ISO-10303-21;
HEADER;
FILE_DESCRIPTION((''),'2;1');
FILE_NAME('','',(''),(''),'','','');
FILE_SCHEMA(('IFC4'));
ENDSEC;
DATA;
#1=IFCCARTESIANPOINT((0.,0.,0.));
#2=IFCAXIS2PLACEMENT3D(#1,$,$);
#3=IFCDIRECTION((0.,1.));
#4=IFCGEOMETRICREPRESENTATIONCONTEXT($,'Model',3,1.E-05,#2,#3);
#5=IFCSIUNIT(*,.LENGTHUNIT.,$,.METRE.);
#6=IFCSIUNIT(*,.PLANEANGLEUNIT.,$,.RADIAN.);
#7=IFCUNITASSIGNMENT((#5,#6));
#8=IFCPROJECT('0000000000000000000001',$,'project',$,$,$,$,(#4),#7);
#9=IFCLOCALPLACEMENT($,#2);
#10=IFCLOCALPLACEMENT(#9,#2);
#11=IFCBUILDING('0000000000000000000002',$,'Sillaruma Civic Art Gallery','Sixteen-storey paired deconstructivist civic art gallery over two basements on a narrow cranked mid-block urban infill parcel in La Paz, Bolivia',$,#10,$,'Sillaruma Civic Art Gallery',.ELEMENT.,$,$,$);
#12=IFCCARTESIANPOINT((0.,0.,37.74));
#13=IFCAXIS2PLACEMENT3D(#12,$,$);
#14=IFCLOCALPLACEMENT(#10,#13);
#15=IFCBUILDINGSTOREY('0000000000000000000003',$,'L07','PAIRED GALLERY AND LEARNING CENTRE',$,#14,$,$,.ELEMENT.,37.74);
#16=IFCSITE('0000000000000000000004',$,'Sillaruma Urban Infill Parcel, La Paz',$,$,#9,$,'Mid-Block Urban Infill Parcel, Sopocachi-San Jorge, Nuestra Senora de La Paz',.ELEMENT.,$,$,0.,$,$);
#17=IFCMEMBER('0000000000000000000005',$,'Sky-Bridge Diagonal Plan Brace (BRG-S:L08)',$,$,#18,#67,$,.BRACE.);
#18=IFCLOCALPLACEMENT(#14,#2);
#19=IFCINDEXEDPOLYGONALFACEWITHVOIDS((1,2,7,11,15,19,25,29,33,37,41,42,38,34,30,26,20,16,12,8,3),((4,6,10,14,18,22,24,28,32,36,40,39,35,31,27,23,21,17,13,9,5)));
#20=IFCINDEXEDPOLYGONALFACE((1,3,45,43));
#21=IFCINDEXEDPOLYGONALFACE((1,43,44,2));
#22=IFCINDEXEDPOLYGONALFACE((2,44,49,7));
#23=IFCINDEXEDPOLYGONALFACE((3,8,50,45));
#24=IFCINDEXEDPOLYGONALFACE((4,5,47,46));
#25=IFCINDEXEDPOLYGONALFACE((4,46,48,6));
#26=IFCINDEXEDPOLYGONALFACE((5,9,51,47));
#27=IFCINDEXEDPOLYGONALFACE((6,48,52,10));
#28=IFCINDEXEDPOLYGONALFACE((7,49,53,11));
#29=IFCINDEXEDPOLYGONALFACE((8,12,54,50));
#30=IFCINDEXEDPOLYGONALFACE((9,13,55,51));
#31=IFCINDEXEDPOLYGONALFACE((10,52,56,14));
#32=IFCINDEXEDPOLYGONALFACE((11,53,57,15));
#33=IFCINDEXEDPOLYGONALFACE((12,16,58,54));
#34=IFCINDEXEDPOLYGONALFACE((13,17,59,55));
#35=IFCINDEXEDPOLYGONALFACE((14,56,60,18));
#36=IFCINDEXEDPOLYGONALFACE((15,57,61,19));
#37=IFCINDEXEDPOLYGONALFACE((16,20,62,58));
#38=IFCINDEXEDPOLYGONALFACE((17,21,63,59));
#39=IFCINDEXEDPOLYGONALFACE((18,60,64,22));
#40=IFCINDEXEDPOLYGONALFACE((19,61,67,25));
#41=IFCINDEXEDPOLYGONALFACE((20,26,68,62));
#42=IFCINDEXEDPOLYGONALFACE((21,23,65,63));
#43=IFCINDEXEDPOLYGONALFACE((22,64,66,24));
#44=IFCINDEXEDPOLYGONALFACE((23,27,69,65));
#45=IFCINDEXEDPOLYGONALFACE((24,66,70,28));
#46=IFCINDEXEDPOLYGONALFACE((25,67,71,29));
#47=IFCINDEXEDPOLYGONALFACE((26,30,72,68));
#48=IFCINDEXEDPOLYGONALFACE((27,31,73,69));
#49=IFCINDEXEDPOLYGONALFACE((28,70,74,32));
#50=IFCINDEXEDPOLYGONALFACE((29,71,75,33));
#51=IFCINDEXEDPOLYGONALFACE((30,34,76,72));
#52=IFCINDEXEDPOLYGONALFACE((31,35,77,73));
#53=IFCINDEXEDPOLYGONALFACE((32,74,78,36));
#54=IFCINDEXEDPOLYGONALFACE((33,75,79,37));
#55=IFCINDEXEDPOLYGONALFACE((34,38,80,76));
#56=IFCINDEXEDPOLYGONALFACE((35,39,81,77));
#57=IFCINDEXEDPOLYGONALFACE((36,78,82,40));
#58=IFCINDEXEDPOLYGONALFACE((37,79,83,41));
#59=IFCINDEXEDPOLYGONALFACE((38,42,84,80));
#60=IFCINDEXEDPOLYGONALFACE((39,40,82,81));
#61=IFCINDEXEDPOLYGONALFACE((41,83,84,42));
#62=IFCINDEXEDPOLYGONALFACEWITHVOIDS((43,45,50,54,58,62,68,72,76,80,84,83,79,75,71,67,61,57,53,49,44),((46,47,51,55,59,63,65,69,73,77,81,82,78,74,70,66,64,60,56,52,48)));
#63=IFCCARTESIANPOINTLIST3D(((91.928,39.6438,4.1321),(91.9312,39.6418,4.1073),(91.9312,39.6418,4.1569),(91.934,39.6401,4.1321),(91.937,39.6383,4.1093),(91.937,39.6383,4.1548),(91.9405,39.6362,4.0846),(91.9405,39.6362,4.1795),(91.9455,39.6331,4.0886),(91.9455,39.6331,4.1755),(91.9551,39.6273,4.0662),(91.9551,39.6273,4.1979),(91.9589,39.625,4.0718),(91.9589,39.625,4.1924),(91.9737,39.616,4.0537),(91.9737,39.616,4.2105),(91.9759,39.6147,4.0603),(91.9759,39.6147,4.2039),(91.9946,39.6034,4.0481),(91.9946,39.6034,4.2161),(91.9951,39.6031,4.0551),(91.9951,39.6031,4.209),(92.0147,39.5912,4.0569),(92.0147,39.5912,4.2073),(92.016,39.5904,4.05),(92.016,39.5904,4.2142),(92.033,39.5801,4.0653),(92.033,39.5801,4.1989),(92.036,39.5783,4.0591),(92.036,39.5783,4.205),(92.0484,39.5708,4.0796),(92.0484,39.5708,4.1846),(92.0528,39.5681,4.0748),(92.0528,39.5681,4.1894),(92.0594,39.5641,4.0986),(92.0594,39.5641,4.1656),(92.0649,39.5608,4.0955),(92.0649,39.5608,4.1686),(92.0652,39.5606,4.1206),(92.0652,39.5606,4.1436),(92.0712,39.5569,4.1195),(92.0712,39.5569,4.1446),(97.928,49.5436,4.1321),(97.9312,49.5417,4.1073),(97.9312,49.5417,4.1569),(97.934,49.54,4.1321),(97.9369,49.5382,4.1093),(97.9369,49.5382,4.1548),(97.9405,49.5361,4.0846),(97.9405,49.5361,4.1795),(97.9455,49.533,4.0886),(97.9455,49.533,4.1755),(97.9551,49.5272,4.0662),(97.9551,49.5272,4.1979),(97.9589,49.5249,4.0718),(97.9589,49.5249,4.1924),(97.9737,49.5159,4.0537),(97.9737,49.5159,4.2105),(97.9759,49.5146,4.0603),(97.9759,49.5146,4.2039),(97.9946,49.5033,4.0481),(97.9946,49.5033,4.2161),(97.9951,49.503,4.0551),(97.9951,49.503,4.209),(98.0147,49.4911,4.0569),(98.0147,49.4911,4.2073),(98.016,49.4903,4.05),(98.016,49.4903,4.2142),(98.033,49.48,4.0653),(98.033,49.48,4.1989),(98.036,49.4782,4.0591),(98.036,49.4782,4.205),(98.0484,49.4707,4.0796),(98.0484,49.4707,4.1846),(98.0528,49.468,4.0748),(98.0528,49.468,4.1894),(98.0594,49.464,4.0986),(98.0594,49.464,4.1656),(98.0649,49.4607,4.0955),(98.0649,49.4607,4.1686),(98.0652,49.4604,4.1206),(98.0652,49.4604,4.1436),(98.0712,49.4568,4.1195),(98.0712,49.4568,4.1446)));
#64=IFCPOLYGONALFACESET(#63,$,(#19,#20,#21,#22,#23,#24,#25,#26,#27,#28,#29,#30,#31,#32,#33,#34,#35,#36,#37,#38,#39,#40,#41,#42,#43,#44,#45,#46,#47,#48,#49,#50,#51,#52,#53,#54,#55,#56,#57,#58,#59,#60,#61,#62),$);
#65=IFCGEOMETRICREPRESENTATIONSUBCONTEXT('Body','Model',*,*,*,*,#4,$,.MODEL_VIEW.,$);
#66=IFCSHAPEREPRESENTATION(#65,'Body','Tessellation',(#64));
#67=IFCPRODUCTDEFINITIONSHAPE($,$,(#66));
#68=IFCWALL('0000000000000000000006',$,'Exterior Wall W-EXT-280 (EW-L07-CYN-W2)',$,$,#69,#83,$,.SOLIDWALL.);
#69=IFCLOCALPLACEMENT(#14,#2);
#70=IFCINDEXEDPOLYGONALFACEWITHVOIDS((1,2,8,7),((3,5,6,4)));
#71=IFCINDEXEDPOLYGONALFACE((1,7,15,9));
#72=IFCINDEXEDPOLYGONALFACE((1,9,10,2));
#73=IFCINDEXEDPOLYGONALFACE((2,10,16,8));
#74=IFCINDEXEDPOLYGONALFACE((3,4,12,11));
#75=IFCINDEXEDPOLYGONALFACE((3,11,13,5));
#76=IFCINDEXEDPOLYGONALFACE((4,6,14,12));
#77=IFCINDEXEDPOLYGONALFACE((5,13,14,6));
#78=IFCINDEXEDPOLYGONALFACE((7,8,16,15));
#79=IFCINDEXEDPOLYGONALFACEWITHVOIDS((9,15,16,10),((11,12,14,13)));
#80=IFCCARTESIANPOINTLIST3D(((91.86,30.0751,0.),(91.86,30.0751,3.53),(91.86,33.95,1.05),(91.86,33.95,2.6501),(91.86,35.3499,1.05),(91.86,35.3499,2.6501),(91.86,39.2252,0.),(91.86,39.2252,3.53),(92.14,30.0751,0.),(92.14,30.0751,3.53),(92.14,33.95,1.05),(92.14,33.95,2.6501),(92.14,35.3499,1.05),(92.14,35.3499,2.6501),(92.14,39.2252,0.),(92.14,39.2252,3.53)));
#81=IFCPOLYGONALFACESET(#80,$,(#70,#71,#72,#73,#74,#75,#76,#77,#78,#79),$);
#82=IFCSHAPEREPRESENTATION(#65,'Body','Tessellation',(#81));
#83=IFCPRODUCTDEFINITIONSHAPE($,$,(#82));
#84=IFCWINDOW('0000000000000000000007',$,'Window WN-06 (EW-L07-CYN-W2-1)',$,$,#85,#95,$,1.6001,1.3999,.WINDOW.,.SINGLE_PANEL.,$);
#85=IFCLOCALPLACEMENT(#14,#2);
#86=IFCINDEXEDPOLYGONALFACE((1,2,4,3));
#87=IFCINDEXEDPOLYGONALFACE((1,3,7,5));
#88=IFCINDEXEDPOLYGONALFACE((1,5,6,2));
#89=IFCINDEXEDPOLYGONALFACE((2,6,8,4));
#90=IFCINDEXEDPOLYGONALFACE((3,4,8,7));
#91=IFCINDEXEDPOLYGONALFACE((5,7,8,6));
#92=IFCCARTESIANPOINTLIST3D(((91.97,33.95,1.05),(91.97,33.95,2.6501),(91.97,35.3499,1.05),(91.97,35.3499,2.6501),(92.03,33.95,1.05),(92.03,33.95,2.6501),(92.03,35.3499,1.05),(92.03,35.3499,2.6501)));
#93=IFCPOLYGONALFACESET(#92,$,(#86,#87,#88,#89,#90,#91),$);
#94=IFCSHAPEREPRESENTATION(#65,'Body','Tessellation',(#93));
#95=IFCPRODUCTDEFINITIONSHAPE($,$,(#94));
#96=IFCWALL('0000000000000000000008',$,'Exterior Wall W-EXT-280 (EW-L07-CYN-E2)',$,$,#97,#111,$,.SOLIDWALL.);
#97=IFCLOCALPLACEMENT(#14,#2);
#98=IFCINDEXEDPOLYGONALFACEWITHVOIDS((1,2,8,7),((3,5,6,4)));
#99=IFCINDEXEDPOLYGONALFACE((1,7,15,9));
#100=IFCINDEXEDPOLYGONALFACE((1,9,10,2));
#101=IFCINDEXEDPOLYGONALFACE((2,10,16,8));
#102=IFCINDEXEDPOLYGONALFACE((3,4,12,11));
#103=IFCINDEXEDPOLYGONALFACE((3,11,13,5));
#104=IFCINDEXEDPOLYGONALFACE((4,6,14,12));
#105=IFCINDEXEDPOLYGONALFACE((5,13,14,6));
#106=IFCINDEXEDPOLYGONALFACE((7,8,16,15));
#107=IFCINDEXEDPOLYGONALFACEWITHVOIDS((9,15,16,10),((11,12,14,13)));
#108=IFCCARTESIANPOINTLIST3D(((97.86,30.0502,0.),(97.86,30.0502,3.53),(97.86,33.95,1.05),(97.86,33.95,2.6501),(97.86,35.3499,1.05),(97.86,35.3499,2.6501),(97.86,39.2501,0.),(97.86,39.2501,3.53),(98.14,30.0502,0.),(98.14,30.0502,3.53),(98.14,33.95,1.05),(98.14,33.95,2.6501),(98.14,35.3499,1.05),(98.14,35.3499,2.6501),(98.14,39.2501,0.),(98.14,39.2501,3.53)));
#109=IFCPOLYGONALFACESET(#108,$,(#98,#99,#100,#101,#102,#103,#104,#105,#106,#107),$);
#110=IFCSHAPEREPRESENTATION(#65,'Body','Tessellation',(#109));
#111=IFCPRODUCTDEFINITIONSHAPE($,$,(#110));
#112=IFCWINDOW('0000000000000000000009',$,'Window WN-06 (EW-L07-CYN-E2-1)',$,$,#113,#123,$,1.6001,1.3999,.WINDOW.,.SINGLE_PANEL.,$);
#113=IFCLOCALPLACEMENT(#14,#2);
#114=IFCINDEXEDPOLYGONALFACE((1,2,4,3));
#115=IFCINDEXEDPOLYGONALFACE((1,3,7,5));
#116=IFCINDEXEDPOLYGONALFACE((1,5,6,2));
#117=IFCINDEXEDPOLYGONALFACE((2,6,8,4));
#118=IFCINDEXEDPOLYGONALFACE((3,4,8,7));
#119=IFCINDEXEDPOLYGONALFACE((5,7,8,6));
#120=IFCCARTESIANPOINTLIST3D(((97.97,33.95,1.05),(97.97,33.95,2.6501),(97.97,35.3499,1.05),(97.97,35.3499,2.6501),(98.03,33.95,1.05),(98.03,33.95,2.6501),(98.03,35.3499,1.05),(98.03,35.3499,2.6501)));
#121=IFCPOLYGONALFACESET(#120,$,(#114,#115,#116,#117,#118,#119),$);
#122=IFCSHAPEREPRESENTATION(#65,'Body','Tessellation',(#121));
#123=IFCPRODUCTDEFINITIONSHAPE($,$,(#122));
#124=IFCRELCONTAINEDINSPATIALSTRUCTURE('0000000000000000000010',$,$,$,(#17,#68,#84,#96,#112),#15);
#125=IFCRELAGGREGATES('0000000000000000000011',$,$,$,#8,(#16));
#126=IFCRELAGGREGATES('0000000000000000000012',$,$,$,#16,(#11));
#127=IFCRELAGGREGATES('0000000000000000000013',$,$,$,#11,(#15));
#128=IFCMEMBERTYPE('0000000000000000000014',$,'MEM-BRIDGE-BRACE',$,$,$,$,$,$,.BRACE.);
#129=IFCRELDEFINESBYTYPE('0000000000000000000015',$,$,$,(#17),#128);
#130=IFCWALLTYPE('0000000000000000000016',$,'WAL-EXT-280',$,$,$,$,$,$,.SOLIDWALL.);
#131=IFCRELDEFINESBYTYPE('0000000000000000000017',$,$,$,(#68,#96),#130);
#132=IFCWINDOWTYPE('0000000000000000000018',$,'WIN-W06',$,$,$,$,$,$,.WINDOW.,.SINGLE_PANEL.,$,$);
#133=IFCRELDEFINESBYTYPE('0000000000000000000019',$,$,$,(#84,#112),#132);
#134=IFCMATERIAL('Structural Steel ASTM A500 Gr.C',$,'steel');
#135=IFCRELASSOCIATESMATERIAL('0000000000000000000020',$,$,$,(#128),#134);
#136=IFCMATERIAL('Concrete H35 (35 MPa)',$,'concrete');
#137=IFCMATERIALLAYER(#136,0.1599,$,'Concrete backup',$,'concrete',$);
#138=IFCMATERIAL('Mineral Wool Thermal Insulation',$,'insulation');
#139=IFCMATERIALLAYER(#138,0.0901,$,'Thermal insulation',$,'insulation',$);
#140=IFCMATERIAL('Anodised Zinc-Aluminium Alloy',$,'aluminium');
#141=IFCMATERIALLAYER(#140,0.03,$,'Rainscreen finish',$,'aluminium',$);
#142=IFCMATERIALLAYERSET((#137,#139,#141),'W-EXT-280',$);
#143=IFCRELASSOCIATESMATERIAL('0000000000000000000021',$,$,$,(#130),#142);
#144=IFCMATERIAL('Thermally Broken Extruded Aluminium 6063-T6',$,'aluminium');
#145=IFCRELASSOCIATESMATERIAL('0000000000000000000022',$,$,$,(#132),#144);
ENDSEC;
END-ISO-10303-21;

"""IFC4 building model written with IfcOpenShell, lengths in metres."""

from ifc_helpers import new_model, si_unit, direction, frame, frame_2d, origin, origin_2d, place, context, subcontext, project, spatial, rectangle, hollow_circle, extrude, material, layer, layer_set, material_profile, profile_set, type_object, element, fill, save


model = new_model("IFC4")

# Units and contexts
model_context = context("Model", 3, precision=1e-05, world=origin(), true_north=direction((0.0, 1.0)))
body_context = subcontext(model_context, "Body", "Model", "MODEL_VIEW")
ifc_project = project(units=[si_unit("LENGTHUNIT", "METRE"), si_unit("PLANEANGLEUNIT", "RADIAN")], contexts=[model_context])

# Site, building, storey
site_placement = place(None, origin())
site = spatial("IfcSite", under=ifc_project, at=site_placement, Name="Sillaruma Urban Infill Parcel, La Paz", LongName="Mid-Block Urban Infill Parcel, Sopocachi-San Jorge, Nuestra Senora de La Paz", CompositionType="ELEMENT", RefElevation=0.0)
building_placement = place(site_placement, origin())
building = spatial("IfcBuilding", under=site, at=building_placement, Name="Sillaruma Civic Art Gallery", Description="Sixteen-storey paired deconstructivist civic art gallery over two basements on a narrow cranked mid-block urban infill parcel in La Paz, Bolivia", LongName="Sillaruma Civic Art Gallery", CompositionType="ELEMENT")
storey_placement = place(building_placement, frame((0.0, 0.0, 37.74)))
storey = spatial("IfcBuildingStorey", under=building, at=storey_placement, Name="L07", Description="PAIRED GALLERY AND LEARNING CENTRE", CompositionType="ELEMENT", Elevation=37.74)

# Shared definitions
ifc_material_1 = material(Name="Concrete H35 (35 MPa)", Category="concrete")
ifc_material_2 = material(Name="Structural Steel ASTM A500 Gr.C", Category="steel")

# Member
ifc_material_profile_1 = material_profile(ifc_material_2, hollow_circle(Radius=0.0842, WallThickness=0.0071, at=origin_2d()), Name="CHS168.3x7.1")
ifc_profile_set_1 = profile_set([ifc_material_profile_1], Name="Structural Steel ASTM A500 Gr.C")
member_type = type_object("IfcMemberType", Name="MEM-BRIDGE-BRACE", PredefinedType="BRACE", material=ifc_profile_set_1)
member_placement = place(storey_placement, frame((92.0, 39.6001, 4.1321), z_axis=(0.518305, 0.855196, 0.0), x_axis=(-0.855196, 0.518305, 0.0)))
element("IfcMember", 1, at=member_placement, inside=storey, type_object=member_type, Name="Sky-Bridge Diagonal Plan Brace (BRG-S:L08)", PredefinedType="BRACE", context=body_context, shape_type="SweptSolid", body=[
    extrude(hollow_circle(Radius=0.0842, WallThickness=0.0071, at=origin_2d()), origin(), (0.0, 0.0, 1.0), 11.5762),
])

# Walls, openings, windows
ifc_layer_1 = layer(ifc_material_1, 0.1599, Name="Concrete backup", Category="concrete")
ifc_material_3 = material(Name="Mineral Wool Thermal Insulation", Category="insulation")
ifc_layer_2 = layer(ifc_material_3, 0.0901, Name="Thermal insulation", Category="insulation")
ifc_material_4 = material(Name="Anodised Zinc-Aluminium Alloy", Category="aluminium")
ifc_layer_3 = layer(ifc_material_4, 0.03, Name="Rainscreen finish", Category="aluminium")
ifc_layer_set = layer_set([ifc_layer_1, ifc_layer_2, ifc_layer_3], Name="W-EXT-280")
wall_type = type_object("IfcWallType", Name="WAL-EXT-280", PredefinedType="SOLIDWALL", material=ifc_layer_set)
wall_1_placement = place(storey_placement, frame((92.0, 30.075, 0.0), z_axis=(0.0, 0.0, 1.0), x_axis=(0.0, 1.0, 0.0)))
wall_1 = element("IfcWall", 2, at=wall_1_placement, inside=storey, type_object=wall_type, Name="Exterior Wall W-EXT-280 (EW-L07-CYN-W2)", PredefinedType="SOLIDWALL", context=body_context, shape_type="SweptSolid", body=[
    extrude(rectangle(XDim=9.1501, YDim=0.28, at=frame_2d((4.5752, 0.0))), origin(), (0.0, 0.0, 1.0), 3.53),
])
opening_1_placement = place(wall_1_placement, frame((3.875, 0.0, 1.05)))
opening_1 = element("IfcOpeningElement", 3, at=opening_1_placement, cuts=wall_1, PredefinedType="OPENING", context=body_context, shape_type="SweptSolid", body=[
    extrude(rectangle(XDim=1.3999, YDim=1.6001, at=frame_2d((0.7, 0.8))), frame((0.0, 0.1499, 0.0), z_axis=(0.0, -1.0, 0.0), x_axis=(1.0, 0.0, 0.0)), (0.0, 0.0, 1.0), 0.3),
])
ifc_material_5 = material(Name="Thermally Broken Extruded Aluminium 6063-T6", Category="aluminium")
window_type = type_object("IfcWindowType", Name="WIN-W06", PartitioningType="SINGLE_PANEL", PredefinedType="WINDOW", material=ifc_material_5)
window_1_placement = place(opening_1_placement, origin())
window_1 = element("IfcWindow", 4, at=window_1_placement, inside=storey, type_object=window_type, Name="Window WN-06 (EW-L07-CYN-W2-1)", OverallHeight=1.6001, OverallWidth=1.3999, PartitioningType="SINGLE_PANEL", PredefinedType="WINDOW", context=body_context, shape_type="SweptSolid", body=[
    extrude(rectangle(XDim=1.3999, YDim=1.6001, at=frame_2d((0.7, 0.8))), frame((0.0, 0.03, 0.0), z_axis=(0.0, -1.0, 0.0), x_axis=(1.0, 0.0, 0.0)), (0.0, 0.0, 1.0), 0.0601),
])
fill(opening_1, window_1)
wall_2_placement = place(storey_placement, frame((98.0, 30.05, 0.0), z_axis=(0.0, 0.0, 1.0), x_axis=(0.0, 1.0, 0.0)))
wall_2 = element("IfcWall", 5, at=wall_2_placement, inside=storey, type_object=wall_type, Name="Exterior Wall W-EXT-280 (EW-L07-CYN-E2)", PredefinedType="SOLIDWALL", context=body_context, shape_type="SweptSolid", body=[
    extrude(rectangle(XDim=9.2, YDim=0.28, at=frame_2d((4.6001, 0.0))), origin(), (0.0, 0.0, 1.0), 3.53),
])
opening_2_placement = place(wall_2_placement, frame((3.8999, 0.0, 1.05)))
opening_2 = element("IfcOpeningElement", 6, at=opening_2_placement, cuts=wall_2, PredefinedType="OPENING", context=body_context, shape_type="SweptSolid", body=[
    extrude(rectangle(XDim=1.3999, YDim=1.6001, at=frame_2d((0.7, 0.8))), frame((0.0, 0.1499, 0.0), z_axis=(0.0, -1.0, 0.0), x_axis=(1.0, 0.0, 0.0)), (0.0, 0.0, 1.0), 0.3),
])
window_2_placement = place(opening_2_placement, origin())
window_2 = element("IfcWindow", 7, at=window_2_placement, inside=storey, type_object=window_type, Name="Window WN-06 (EW-L07-CYN-E2-1)", OverallHeight=1.6001, OverallWidth=1.3999, PartitioningType="SINGLE_PANEL", PredefinedType="WINDOW", context=body_context, shape_type="SweptSolid", body=[
    extrude(rectangle(XDim=1.3999, YDim=1.6001, at=frame_2d((0.7, 0.8))), frame((0.0, 0.03, 0.0), z_axis=(0.0, -1.0, 0.0), x_axis=(1.0, 0.0, 0.0)), (0.0, 0.0, 1.0), 0.0601),
])
fill(opening_2, window_2)

save(model, "model.ifc")
